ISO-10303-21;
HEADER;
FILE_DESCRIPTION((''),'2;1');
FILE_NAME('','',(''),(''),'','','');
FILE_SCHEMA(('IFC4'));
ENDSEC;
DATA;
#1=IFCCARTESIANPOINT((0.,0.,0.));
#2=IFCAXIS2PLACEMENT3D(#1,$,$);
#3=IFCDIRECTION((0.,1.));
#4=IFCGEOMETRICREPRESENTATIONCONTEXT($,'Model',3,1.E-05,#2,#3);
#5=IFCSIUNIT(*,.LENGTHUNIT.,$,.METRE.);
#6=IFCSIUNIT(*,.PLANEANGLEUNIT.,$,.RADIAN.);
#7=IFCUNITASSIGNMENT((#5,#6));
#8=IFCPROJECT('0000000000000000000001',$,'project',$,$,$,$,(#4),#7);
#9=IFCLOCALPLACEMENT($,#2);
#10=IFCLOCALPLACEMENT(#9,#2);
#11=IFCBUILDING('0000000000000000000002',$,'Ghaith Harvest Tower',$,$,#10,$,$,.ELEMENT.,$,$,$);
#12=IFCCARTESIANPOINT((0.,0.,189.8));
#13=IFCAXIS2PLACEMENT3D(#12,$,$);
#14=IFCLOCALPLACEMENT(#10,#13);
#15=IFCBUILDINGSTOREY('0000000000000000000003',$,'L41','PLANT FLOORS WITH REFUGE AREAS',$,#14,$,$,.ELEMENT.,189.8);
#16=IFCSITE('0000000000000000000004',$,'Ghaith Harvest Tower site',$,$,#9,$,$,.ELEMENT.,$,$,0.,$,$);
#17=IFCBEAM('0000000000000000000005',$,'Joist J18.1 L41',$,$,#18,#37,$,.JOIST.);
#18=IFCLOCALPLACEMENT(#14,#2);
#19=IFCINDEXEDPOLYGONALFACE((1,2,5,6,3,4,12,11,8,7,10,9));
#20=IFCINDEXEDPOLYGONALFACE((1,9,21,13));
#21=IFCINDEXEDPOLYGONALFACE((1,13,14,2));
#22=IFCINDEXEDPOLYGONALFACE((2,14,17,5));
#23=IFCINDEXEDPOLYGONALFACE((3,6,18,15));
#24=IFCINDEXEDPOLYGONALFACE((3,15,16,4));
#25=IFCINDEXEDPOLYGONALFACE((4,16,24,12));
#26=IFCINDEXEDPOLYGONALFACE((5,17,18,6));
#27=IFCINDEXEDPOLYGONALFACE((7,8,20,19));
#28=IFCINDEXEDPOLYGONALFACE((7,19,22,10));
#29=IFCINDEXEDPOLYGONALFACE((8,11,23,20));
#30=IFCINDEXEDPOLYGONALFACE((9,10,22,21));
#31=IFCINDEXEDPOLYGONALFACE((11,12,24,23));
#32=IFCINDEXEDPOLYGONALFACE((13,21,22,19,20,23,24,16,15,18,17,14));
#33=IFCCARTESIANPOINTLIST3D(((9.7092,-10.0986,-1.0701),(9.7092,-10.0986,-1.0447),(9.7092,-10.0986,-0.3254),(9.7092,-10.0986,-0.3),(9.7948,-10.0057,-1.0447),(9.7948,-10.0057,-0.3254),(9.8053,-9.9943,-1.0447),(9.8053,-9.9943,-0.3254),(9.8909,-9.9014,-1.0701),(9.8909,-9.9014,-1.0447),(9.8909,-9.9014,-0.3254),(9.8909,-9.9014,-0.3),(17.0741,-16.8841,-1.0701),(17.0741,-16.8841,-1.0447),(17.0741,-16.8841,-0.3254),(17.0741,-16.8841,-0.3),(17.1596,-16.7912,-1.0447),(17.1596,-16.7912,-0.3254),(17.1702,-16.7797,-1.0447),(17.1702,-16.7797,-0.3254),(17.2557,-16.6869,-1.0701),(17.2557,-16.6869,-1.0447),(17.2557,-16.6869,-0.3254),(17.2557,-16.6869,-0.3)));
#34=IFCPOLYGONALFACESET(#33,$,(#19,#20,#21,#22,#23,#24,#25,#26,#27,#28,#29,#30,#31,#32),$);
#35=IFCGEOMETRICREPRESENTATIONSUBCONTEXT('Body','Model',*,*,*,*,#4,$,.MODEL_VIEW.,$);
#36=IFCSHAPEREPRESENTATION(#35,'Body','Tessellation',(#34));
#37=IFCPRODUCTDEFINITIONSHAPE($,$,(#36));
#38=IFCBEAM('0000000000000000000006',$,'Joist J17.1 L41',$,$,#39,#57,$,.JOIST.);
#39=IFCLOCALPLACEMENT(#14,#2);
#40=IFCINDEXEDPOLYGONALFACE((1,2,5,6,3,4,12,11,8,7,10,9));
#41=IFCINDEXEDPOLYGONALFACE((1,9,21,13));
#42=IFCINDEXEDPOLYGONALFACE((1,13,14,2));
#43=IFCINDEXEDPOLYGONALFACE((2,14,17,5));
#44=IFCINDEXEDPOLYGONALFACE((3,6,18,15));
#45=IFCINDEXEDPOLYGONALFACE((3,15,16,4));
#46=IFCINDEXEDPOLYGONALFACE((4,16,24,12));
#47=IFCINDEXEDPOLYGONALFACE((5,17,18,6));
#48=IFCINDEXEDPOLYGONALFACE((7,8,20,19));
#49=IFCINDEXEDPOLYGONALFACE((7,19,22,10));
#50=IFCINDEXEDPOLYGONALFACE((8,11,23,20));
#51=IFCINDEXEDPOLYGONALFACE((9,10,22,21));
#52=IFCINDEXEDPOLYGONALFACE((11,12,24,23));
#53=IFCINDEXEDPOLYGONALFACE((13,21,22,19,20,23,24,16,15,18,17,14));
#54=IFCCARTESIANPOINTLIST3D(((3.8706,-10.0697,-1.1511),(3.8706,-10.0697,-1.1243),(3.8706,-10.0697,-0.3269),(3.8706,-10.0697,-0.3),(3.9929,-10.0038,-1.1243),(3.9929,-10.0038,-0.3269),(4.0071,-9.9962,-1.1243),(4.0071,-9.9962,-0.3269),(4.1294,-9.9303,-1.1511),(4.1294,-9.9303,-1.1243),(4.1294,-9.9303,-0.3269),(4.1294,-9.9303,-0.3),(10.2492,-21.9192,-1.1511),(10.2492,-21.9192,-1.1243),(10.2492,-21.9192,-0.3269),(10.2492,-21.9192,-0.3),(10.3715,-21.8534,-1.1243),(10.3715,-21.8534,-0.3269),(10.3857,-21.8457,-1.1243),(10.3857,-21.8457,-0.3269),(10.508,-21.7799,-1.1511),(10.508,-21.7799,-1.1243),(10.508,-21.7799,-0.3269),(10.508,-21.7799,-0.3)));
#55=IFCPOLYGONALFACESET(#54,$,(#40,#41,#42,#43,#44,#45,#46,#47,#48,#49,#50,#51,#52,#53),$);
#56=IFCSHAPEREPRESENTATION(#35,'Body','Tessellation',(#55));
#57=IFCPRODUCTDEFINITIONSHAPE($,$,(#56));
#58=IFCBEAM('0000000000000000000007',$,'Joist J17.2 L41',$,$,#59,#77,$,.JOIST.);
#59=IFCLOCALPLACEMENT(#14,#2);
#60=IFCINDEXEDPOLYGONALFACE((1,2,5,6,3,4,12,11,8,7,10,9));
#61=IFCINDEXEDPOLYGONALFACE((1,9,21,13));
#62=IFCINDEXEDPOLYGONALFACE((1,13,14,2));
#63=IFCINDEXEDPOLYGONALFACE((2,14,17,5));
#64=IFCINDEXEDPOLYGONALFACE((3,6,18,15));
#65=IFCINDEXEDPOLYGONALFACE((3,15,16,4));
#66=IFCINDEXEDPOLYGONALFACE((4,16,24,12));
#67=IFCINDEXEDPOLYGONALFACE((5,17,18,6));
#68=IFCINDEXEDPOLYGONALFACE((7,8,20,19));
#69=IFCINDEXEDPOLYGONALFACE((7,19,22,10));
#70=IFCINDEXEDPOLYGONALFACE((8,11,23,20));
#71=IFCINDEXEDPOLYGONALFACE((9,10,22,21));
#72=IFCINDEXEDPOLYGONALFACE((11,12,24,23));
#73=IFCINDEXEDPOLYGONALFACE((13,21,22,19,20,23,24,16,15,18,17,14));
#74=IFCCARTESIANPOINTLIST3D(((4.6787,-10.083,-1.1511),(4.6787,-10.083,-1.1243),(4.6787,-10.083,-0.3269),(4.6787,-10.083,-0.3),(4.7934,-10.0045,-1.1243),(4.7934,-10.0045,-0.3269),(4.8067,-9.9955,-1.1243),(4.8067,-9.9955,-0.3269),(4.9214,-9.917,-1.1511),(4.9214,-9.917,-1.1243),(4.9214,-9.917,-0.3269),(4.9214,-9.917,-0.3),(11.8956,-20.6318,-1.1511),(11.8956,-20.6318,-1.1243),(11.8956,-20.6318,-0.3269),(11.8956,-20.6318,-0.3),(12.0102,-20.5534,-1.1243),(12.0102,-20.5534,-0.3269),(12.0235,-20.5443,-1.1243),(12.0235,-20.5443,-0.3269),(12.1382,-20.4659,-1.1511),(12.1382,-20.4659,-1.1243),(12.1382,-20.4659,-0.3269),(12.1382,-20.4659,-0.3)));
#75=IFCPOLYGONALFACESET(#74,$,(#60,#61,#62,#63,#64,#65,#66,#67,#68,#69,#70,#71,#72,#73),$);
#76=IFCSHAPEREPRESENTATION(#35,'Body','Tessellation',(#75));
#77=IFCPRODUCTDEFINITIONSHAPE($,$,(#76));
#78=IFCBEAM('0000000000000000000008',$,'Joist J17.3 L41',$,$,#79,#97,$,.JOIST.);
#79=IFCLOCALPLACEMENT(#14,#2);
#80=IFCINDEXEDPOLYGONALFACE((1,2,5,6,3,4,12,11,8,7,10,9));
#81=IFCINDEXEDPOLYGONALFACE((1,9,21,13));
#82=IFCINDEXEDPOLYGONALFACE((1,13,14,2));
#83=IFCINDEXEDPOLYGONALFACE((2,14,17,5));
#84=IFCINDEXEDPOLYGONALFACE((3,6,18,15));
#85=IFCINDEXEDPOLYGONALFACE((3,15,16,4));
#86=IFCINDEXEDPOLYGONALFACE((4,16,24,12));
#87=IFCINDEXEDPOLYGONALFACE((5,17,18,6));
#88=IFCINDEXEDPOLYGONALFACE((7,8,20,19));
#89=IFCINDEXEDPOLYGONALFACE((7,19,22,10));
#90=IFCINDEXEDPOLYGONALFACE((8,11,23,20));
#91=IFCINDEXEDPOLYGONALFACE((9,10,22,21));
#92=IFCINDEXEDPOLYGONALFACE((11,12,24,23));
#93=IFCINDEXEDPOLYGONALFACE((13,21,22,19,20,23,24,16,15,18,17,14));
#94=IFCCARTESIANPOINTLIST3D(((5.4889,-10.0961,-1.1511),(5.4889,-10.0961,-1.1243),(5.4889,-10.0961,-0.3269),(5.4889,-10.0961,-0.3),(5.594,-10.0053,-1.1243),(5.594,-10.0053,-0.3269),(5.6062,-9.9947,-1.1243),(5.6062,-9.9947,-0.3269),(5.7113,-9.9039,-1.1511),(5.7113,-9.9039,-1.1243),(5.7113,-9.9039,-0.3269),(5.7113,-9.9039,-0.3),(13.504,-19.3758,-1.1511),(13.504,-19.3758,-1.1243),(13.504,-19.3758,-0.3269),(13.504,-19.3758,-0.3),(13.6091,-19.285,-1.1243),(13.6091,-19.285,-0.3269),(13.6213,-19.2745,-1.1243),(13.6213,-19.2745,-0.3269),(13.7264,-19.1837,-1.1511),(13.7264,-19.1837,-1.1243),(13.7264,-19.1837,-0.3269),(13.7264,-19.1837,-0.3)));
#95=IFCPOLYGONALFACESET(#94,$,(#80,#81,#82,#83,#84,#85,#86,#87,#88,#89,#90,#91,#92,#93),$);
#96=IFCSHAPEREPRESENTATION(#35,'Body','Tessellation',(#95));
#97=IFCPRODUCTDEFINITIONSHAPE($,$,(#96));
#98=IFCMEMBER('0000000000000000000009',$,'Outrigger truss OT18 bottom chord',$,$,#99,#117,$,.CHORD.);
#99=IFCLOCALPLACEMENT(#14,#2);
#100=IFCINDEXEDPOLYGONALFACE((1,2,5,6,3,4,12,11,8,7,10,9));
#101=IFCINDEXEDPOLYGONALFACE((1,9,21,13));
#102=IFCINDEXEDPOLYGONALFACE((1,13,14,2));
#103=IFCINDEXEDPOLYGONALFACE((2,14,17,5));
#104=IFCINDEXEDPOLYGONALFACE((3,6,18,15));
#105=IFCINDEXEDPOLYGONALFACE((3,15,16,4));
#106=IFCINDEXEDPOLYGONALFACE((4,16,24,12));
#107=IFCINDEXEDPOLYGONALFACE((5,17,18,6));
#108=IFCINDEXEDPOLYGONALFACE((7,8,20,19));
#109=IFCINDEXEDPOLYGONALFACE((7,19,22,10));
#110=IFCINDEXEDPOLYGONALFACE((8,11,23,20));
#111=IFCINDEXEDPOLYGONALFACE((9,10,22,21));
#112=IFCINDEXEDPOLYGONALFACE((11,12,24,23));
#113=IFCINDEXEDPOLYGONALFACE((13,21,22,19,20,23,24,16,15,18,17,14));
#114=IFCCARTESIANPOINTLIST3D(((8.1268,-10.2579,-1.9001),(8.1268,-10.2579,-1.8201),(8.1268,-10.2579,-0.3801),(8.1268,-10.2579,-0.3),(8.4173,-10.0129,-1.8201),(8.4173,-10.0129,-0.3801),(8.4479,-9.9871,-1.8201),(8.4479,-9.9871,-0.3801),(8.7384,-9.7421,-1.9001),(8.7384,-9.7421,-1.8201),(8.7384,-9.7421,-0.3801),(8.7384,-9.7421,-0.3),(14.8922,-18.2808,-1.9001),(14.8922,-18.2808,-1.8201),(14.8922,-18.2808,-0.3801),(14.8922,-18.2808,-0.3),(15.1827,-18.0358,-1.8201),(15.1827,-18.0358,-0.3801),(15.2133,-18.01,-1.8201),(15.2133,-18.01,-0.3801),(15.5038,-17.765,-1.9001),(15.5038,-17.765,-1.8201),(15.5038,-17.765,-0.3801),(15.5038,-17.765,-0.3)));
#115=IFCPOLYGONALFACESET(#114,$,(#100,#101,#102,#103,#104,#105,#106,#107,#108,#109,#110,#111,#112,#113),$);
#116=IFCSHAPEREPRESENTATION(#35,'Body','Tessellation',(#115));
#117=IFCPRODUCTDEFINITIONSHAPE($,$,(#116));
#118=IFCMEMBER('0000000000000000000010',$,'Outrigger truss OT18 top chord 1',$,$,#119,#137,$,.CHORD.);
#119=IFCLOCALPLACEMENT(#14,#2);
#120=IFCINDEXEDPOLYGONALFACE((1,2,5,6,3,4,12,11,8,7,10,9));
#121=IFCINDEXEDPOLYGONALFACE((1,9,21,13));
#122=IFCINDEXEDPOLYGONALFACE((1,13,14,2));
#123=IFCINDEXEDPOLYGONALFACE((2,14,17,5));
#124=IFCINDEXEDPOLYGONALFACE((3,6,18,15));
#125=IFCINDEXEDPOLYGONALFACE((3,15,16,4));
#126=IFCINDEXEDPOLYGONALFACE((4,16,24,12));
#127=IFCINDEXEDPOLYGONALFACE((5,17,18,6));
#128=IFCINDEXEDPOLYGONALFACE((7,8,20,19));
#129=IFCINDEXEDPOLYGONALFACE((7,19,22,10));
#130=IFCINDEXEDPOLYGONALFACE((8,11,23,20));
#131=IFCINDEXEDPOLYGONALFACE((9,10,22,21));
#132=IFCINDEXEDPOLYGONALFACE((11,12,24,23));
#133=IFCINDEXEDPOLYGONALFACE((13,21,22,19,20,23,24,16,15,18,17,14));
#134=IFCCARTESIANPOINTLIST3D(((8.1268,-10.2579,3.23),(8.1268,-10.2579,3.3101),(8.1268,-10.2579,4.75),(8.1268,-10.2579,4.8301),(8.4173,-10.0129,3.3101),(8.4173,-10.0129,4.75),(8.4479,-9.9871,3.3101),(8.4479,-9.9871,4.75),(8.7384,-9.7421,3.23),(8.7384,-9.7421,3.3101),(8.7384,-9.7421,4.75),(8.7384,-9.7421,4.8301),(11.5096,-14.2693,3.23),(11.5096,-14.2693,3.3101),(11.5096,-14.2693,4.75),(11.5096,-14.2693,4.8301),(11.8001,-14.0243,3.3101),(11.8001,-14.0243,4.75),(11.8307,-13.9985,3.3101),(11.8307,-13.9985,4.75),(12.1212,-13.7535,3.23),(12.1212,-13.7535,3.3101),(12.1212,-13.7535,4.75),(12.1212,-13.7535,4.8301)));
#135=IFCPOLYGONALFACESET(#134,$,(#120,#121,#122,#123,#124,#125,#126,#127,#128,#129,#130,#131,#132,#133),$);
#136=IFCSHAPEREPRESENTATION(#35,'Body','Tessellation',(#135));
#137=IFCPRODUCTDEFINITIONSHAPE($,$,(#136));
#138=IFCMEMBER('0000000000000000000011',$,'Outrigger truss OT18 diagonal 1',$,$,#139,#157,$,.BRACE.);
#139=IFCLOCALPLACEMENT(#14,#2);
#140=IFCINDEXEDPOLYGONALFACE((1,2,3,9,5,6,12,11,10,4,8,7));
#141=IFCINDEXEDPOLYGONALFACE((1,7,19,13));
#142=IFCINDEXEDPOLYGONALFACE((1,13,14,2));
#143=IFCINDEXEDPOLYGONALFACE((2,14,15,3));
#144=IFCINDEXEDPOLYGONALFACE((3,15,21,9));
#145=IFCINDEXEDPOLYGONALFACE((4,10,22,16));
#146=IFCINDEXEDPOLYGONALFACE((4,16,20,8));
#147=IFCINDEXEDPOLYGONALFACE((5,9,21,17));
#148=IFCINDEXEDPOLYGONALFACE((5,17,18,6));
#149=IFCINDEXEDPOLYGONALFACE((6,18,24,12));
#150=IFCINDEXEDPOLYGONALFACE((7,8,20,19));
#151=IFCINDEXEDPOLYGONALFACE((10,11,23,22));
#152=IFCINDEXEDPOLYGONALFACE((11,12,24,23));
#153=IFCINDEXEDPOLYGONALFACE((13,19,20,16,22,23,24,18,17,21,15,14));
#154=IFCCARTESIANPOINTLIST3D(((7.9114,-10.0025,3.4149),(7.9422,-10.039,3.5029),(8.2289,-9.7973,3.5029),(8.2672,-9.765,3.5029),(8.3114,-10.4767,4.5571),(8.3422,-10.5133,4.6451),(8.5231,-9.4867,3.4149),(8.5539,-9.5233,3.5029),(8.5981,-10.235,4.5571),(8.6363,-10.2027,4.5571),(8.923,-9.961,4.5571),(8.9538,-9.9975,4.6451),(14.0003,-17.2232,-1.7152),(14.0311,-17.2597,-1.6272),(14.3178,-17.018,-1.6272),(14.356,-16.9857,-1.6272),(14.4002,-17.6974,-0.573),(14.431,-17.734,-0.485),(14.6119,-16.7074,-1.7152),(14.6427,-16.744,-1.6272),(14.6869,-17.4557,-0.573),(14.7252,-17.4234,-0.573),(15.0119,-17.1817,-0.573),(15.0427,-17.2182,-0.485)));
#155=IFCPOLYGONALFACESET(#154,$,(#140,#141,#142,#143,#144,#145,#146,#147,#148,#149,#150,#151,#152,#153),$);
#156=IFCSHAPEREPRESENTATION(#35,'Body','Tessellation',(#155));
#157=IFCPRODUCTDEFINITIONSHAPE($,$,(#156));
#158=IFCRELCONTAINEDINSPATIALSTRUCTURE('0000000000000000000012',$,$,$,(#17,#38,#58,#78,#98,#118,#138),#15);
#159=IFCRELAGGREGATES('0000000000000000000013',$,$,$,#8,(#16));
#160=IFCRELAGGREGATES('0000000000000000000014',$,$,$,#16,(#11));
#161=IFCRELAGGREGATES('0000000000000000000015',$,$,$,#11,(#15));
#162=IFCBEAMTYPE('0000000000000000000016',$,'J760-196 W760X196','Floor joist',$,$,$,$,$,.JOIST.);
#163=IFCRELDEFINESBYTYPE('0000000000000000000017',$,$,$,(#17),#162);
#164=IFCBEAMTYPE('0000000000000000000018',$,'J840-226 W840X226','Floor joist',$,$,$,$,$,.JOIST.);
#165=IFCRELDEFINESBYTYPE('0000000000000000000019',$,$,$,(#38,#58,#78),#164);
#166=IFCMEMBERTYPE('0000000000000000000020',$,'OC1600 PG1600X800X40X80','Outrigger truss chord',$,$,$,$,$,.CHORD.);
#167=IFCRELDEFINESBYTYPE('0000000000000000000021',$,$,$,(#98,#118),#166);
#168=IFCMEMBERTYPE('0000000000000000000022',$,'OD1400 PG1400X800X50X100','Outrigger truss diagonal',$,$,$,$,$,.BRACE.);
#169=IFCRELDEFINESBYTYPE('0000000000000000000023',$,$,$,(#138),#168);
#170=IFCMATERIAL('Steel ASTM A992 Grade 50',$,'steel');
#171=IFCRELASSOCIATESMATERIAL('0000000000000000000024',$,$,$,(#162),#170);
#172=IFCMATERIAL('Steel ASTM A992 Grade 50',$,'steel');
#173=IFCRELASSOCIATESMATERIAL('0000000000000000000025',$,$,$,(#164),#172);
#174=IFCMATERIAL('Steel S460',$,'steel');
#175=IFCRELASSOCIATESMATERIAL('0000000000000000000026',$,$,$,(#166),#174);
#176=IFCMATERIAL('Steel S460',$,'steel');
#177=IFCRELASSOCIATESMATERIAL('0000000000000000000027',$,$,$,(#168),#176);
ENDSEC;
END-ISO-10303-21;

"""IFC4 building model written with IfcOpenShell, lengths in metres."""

from ifc_helpers import new_model, si_unit, direction, frame, origin, origin_2d, place, context, subcontext, project, spatial, i_section, extrude, material, material_profile, profile_set, type_object, element, save


model = new_model("IFC4")

# Units and contexts
model_context = context("Model", 3, precision=1e-05, world=origin(), true_north=direction((0.0, 1.0)))
body_context = subcontext(model_context, "Body", "Model", "MODEL_VIEW")
ifc_project = project(units=[si_unit("LENGTHUNIT", "METRE"), si_unit("PLANEANGLEUNIT", "RADIAN")], contexts=[model_context])

# Site, building, storey
site_placement = place(None, origin())
site = spatial("IfcSite", under=ifc_project, at=site_placement, Name="Ghaith Harvest Tower site", CompositionType="ELEMENT", RefElevation=0.0)
building_placement = place(site_placement, origin())
building = spatial("IfcBuilding", under=site, at=building_placement, Name="Ghaith Harvest Tower", CompositionType="ELEMENT")
storey_placement = place(building_placement, frame((0.0, 0.0, 189.8)))
storey = spatial("IfcBuildingStorey", under=building, at=storey_placement, Name="L41", Description="PLANT FLOORS WITH REFUGE AREAS", CompositionType="ELEMENT", Elevation=189.8)

# Beams
ifc_material_1 = material(Name="Steel ASTM A992 Grade 50", Category="steel")
ifc_material_profile_1 = material_profile(ifc_material_1, i_section(OverallWidth=0.2681, OverallDepth=0.77, WebThickness=0.0156, FlangeThickness=0.0254, at=origin_2d()), Name="W760X196")
ifc_profile_set_1 = profile_set([ifc_material_profile_1], Name="Steel ASTM A992 Grade 50")
beam_type_1 = type_object("IfcBeamType", Name="J760-196 W760X196", Description="Floor joist", PredefinedType="JOIST", material=ifc_profile_set_1)
beam_1_placement = place(storey_placement, frame((9.8, -10.0, -0.6851), z_axis=(0.735442, -0.677588, 0.0), x_axis=(0.677588, 0.735442, 0.0)))
element("IfcBeam", 1, at=beam_1_placement, inside=storey, type_object=beam_type_1, Name="Joist J18.1 L41", PredefinedType="JOIST", context=body_context, shape_type="SweptSolid", body=[
    extrude(i_section(OverallWidth=0.2681, OverallDepth=0.77, WebThickness=0.0156, FlangeThickness=0.0254, at=origin_2d()), origin(), (0.0, 0.0, 1.0), 10.0142),
])
ifc_material_2 = material(Name="Steel ASTM A992 Grade 50", Category="steel")
ifc_material_profile_2 = material_profile(ifc_material_2, i_section(OverallWidth=0.2939, OverallDepth=0.8511, WebThickness=0.0161, FlangeThickness=0.0269, at=origin_2d()), Name="W840X226")
ifc_profile_set_2 = profile_set([ifc_material_profile_2], Name="Steel ASTM A992 Grade 50")
beam_type_2 = type_object("IfcBeamType", Name="J840-226 W840X226", Description="Floor joist", PredefinedType="JOIST", material=ifc_profile_set_2)
beam_2_placement = place(storey_placement, frame((4.0, -10.0, -0.7256), z_axis=(0.473991, -0.88053, 0.0), x_axis=(0.88053, 0.473991, 0.0)))
element("IfcBeam", 2, at=beam_2_placement, inside=storey, type_object=beam_type_2, Name="Joist J17.1 L41", PredefinedType="JOIST", context=body_context, shape_type="SweptSolid", body=[
    extrude(i_section(OverallWidth=0.2939, OverallDepth=0.8511, WebThickness=0.0161, FlangeThickness=0.0269, at=origin_2d()), origin(), (0.0, 0.0, 1.0), 13.4573),
])
beam_3_placement = place(storey_placement, frame((4.8, -10.0, -0.7256), z_axis=(0.56464, -0.825337, 0.0), x_axis=(0.825337, 0.56464, 0.0)))
element("IfcBeam", 3, at=beam_3_placement, inside=storey, type_object=beam_type_2, Name="Joist J17.2 L41", PredefinedType="JOIST", context=body_context, shape_type="SweptSolid", body=[
    extrude(i_section(OverallWidth=0.2939, OverallDepth=0.8511, WebThickness=0.0161, FlangeThickness=0.0269, at=origin_2d()), origin(), (0.0, 0.0, 1.0), 12.7812),
])
beam_4_placement = place(storey_placement, frame((5.6001, -10.0, -0.7256), z_axis=(0.653656, -0.756792, 0.0), x_axis=(0.756792, 0.653656, 0.0)))
element("IfcBeam", 4, at=beam_4_placement, inside=storey, type_object=beam_type_2, Name="Joist J17.3 L41", PredefinedType="JOIST", context=body_context, shape_type="SweptSolid", body=[
    extrude(i_section(OverallWidth=0.2939, OverallDepth=0.8511, WebThickness=0.0161, FlangeThickness=0.0269, at=origin_2d()), origin(), (0.0, 0.0, 1.0), 12.262),
])

# Members
ifc_material_3 = material(Name="Steel S460", Category="steel")
ifc_material_profile_3 = material_profile(ifc_material_3, i_section(OverallWidth=0.8, OverallDepth=1.6001, WebThickness=0.04, FlangeThickness=0.0801, at=origin_2d()), Name="PG1600X800X40X80")
ifc_profile_set_3 = profile_set([ifc_material_profile_3], Name="Steel S460")
member_type_1 = type_object("IfcMemberType", Name="OC1600 PG1600X800X40X80", Description="Outrigger truss chord", PredefinedType="CHORD", material=ifc_profile_set_3)
member_1_placement = place(storey_placement, frame((8.4326, -10.0, -1.1001), z_axis=(0.644649, -0.764478, 0.0), x_axis=(0.764478, 0.644649, 0.0)))
element("IfcMember", 5, at=member_1_placement, inside=storey, type_object=member_type_1, Name="Outrigger truss OT18 bottom chord", PredefinedType="CHORD", context=body_context, shape_type="SweptSolid", body=[
    extrude(i_section(OverallWidth=0.8, OverallDepth=1.6001, WebThickness=0.04, FlangeThickness=0.0801, at=origin_2d()), origin(), (0.0, 0.0, 1.0), 10.4946),
])
member_2_placement = place(storey_placement, frame((8.4326, -10.0, 4.03), z_axis=(0.644663, -0.764467, 0.0), x_axis=(0.764467, 0.644663, 0.0)))
element("IfcMember", 6, at=member_2_placement, inside=storey, type_object=member_type_1, Name="Outrigger truss OT18 top chord 1", PredefinedType="CHORD", context=body_context, shape_type="SweptSolid", body=[
    extrude(i_section(OverallWidth=0.8, OverallDepth=1.6001, WebThickness=0.04, FlangeThickness=0.0801, at=origin_2d()), origin(), (0.0, 0.0, 1.0), 5.2473),
])
ifc_material_4 = material(Name="Steel S460", Category="steel")
ifc_material_profile_4 = material_profile(ifc_material_4, i_section(OverallWidth=0.8, OverallDepth=1.3999, WebThickness=0.05, FlangeThickness=0.1001, at=origin_2d()), Name="PG1400X800X50X100")
ifc_profile_set_4 = profile_set([ifc_material_profile_4], Name="Steel S460")
member_type_2 = type_object("IfcMemberType", Name="OD1400 PG1400X800X50X100", Description="Outrigger truss diagonal", PredefinedType="BRACE", material=ifc_profile_set_4)
member_3_placement = place(storey_placement, frame((8.4326, -10.0, 4.03), z_axis=(0.566483, -0.671785, -0.477286), x_axis=(0.764479, 0.644648, 0.0)))
element("IfcMember", 7, at=member_3_placement, inside=storey, type_object=member_type_2, Name="Outrigger truss OT18 diagonal 1", PredefinedType="BRACE", context=body_context, shape_type="SweptSolid", body=[
    extrude(i_section(OverallWidth=0.8, OverallDepth=1.3999, WebThickness=0.05, FlangeThickness=0.1001, at=origin_2d()), origin(), (0.0, 0.0, 1.0), 10.7485),
])

save(model, "model.ifc")
